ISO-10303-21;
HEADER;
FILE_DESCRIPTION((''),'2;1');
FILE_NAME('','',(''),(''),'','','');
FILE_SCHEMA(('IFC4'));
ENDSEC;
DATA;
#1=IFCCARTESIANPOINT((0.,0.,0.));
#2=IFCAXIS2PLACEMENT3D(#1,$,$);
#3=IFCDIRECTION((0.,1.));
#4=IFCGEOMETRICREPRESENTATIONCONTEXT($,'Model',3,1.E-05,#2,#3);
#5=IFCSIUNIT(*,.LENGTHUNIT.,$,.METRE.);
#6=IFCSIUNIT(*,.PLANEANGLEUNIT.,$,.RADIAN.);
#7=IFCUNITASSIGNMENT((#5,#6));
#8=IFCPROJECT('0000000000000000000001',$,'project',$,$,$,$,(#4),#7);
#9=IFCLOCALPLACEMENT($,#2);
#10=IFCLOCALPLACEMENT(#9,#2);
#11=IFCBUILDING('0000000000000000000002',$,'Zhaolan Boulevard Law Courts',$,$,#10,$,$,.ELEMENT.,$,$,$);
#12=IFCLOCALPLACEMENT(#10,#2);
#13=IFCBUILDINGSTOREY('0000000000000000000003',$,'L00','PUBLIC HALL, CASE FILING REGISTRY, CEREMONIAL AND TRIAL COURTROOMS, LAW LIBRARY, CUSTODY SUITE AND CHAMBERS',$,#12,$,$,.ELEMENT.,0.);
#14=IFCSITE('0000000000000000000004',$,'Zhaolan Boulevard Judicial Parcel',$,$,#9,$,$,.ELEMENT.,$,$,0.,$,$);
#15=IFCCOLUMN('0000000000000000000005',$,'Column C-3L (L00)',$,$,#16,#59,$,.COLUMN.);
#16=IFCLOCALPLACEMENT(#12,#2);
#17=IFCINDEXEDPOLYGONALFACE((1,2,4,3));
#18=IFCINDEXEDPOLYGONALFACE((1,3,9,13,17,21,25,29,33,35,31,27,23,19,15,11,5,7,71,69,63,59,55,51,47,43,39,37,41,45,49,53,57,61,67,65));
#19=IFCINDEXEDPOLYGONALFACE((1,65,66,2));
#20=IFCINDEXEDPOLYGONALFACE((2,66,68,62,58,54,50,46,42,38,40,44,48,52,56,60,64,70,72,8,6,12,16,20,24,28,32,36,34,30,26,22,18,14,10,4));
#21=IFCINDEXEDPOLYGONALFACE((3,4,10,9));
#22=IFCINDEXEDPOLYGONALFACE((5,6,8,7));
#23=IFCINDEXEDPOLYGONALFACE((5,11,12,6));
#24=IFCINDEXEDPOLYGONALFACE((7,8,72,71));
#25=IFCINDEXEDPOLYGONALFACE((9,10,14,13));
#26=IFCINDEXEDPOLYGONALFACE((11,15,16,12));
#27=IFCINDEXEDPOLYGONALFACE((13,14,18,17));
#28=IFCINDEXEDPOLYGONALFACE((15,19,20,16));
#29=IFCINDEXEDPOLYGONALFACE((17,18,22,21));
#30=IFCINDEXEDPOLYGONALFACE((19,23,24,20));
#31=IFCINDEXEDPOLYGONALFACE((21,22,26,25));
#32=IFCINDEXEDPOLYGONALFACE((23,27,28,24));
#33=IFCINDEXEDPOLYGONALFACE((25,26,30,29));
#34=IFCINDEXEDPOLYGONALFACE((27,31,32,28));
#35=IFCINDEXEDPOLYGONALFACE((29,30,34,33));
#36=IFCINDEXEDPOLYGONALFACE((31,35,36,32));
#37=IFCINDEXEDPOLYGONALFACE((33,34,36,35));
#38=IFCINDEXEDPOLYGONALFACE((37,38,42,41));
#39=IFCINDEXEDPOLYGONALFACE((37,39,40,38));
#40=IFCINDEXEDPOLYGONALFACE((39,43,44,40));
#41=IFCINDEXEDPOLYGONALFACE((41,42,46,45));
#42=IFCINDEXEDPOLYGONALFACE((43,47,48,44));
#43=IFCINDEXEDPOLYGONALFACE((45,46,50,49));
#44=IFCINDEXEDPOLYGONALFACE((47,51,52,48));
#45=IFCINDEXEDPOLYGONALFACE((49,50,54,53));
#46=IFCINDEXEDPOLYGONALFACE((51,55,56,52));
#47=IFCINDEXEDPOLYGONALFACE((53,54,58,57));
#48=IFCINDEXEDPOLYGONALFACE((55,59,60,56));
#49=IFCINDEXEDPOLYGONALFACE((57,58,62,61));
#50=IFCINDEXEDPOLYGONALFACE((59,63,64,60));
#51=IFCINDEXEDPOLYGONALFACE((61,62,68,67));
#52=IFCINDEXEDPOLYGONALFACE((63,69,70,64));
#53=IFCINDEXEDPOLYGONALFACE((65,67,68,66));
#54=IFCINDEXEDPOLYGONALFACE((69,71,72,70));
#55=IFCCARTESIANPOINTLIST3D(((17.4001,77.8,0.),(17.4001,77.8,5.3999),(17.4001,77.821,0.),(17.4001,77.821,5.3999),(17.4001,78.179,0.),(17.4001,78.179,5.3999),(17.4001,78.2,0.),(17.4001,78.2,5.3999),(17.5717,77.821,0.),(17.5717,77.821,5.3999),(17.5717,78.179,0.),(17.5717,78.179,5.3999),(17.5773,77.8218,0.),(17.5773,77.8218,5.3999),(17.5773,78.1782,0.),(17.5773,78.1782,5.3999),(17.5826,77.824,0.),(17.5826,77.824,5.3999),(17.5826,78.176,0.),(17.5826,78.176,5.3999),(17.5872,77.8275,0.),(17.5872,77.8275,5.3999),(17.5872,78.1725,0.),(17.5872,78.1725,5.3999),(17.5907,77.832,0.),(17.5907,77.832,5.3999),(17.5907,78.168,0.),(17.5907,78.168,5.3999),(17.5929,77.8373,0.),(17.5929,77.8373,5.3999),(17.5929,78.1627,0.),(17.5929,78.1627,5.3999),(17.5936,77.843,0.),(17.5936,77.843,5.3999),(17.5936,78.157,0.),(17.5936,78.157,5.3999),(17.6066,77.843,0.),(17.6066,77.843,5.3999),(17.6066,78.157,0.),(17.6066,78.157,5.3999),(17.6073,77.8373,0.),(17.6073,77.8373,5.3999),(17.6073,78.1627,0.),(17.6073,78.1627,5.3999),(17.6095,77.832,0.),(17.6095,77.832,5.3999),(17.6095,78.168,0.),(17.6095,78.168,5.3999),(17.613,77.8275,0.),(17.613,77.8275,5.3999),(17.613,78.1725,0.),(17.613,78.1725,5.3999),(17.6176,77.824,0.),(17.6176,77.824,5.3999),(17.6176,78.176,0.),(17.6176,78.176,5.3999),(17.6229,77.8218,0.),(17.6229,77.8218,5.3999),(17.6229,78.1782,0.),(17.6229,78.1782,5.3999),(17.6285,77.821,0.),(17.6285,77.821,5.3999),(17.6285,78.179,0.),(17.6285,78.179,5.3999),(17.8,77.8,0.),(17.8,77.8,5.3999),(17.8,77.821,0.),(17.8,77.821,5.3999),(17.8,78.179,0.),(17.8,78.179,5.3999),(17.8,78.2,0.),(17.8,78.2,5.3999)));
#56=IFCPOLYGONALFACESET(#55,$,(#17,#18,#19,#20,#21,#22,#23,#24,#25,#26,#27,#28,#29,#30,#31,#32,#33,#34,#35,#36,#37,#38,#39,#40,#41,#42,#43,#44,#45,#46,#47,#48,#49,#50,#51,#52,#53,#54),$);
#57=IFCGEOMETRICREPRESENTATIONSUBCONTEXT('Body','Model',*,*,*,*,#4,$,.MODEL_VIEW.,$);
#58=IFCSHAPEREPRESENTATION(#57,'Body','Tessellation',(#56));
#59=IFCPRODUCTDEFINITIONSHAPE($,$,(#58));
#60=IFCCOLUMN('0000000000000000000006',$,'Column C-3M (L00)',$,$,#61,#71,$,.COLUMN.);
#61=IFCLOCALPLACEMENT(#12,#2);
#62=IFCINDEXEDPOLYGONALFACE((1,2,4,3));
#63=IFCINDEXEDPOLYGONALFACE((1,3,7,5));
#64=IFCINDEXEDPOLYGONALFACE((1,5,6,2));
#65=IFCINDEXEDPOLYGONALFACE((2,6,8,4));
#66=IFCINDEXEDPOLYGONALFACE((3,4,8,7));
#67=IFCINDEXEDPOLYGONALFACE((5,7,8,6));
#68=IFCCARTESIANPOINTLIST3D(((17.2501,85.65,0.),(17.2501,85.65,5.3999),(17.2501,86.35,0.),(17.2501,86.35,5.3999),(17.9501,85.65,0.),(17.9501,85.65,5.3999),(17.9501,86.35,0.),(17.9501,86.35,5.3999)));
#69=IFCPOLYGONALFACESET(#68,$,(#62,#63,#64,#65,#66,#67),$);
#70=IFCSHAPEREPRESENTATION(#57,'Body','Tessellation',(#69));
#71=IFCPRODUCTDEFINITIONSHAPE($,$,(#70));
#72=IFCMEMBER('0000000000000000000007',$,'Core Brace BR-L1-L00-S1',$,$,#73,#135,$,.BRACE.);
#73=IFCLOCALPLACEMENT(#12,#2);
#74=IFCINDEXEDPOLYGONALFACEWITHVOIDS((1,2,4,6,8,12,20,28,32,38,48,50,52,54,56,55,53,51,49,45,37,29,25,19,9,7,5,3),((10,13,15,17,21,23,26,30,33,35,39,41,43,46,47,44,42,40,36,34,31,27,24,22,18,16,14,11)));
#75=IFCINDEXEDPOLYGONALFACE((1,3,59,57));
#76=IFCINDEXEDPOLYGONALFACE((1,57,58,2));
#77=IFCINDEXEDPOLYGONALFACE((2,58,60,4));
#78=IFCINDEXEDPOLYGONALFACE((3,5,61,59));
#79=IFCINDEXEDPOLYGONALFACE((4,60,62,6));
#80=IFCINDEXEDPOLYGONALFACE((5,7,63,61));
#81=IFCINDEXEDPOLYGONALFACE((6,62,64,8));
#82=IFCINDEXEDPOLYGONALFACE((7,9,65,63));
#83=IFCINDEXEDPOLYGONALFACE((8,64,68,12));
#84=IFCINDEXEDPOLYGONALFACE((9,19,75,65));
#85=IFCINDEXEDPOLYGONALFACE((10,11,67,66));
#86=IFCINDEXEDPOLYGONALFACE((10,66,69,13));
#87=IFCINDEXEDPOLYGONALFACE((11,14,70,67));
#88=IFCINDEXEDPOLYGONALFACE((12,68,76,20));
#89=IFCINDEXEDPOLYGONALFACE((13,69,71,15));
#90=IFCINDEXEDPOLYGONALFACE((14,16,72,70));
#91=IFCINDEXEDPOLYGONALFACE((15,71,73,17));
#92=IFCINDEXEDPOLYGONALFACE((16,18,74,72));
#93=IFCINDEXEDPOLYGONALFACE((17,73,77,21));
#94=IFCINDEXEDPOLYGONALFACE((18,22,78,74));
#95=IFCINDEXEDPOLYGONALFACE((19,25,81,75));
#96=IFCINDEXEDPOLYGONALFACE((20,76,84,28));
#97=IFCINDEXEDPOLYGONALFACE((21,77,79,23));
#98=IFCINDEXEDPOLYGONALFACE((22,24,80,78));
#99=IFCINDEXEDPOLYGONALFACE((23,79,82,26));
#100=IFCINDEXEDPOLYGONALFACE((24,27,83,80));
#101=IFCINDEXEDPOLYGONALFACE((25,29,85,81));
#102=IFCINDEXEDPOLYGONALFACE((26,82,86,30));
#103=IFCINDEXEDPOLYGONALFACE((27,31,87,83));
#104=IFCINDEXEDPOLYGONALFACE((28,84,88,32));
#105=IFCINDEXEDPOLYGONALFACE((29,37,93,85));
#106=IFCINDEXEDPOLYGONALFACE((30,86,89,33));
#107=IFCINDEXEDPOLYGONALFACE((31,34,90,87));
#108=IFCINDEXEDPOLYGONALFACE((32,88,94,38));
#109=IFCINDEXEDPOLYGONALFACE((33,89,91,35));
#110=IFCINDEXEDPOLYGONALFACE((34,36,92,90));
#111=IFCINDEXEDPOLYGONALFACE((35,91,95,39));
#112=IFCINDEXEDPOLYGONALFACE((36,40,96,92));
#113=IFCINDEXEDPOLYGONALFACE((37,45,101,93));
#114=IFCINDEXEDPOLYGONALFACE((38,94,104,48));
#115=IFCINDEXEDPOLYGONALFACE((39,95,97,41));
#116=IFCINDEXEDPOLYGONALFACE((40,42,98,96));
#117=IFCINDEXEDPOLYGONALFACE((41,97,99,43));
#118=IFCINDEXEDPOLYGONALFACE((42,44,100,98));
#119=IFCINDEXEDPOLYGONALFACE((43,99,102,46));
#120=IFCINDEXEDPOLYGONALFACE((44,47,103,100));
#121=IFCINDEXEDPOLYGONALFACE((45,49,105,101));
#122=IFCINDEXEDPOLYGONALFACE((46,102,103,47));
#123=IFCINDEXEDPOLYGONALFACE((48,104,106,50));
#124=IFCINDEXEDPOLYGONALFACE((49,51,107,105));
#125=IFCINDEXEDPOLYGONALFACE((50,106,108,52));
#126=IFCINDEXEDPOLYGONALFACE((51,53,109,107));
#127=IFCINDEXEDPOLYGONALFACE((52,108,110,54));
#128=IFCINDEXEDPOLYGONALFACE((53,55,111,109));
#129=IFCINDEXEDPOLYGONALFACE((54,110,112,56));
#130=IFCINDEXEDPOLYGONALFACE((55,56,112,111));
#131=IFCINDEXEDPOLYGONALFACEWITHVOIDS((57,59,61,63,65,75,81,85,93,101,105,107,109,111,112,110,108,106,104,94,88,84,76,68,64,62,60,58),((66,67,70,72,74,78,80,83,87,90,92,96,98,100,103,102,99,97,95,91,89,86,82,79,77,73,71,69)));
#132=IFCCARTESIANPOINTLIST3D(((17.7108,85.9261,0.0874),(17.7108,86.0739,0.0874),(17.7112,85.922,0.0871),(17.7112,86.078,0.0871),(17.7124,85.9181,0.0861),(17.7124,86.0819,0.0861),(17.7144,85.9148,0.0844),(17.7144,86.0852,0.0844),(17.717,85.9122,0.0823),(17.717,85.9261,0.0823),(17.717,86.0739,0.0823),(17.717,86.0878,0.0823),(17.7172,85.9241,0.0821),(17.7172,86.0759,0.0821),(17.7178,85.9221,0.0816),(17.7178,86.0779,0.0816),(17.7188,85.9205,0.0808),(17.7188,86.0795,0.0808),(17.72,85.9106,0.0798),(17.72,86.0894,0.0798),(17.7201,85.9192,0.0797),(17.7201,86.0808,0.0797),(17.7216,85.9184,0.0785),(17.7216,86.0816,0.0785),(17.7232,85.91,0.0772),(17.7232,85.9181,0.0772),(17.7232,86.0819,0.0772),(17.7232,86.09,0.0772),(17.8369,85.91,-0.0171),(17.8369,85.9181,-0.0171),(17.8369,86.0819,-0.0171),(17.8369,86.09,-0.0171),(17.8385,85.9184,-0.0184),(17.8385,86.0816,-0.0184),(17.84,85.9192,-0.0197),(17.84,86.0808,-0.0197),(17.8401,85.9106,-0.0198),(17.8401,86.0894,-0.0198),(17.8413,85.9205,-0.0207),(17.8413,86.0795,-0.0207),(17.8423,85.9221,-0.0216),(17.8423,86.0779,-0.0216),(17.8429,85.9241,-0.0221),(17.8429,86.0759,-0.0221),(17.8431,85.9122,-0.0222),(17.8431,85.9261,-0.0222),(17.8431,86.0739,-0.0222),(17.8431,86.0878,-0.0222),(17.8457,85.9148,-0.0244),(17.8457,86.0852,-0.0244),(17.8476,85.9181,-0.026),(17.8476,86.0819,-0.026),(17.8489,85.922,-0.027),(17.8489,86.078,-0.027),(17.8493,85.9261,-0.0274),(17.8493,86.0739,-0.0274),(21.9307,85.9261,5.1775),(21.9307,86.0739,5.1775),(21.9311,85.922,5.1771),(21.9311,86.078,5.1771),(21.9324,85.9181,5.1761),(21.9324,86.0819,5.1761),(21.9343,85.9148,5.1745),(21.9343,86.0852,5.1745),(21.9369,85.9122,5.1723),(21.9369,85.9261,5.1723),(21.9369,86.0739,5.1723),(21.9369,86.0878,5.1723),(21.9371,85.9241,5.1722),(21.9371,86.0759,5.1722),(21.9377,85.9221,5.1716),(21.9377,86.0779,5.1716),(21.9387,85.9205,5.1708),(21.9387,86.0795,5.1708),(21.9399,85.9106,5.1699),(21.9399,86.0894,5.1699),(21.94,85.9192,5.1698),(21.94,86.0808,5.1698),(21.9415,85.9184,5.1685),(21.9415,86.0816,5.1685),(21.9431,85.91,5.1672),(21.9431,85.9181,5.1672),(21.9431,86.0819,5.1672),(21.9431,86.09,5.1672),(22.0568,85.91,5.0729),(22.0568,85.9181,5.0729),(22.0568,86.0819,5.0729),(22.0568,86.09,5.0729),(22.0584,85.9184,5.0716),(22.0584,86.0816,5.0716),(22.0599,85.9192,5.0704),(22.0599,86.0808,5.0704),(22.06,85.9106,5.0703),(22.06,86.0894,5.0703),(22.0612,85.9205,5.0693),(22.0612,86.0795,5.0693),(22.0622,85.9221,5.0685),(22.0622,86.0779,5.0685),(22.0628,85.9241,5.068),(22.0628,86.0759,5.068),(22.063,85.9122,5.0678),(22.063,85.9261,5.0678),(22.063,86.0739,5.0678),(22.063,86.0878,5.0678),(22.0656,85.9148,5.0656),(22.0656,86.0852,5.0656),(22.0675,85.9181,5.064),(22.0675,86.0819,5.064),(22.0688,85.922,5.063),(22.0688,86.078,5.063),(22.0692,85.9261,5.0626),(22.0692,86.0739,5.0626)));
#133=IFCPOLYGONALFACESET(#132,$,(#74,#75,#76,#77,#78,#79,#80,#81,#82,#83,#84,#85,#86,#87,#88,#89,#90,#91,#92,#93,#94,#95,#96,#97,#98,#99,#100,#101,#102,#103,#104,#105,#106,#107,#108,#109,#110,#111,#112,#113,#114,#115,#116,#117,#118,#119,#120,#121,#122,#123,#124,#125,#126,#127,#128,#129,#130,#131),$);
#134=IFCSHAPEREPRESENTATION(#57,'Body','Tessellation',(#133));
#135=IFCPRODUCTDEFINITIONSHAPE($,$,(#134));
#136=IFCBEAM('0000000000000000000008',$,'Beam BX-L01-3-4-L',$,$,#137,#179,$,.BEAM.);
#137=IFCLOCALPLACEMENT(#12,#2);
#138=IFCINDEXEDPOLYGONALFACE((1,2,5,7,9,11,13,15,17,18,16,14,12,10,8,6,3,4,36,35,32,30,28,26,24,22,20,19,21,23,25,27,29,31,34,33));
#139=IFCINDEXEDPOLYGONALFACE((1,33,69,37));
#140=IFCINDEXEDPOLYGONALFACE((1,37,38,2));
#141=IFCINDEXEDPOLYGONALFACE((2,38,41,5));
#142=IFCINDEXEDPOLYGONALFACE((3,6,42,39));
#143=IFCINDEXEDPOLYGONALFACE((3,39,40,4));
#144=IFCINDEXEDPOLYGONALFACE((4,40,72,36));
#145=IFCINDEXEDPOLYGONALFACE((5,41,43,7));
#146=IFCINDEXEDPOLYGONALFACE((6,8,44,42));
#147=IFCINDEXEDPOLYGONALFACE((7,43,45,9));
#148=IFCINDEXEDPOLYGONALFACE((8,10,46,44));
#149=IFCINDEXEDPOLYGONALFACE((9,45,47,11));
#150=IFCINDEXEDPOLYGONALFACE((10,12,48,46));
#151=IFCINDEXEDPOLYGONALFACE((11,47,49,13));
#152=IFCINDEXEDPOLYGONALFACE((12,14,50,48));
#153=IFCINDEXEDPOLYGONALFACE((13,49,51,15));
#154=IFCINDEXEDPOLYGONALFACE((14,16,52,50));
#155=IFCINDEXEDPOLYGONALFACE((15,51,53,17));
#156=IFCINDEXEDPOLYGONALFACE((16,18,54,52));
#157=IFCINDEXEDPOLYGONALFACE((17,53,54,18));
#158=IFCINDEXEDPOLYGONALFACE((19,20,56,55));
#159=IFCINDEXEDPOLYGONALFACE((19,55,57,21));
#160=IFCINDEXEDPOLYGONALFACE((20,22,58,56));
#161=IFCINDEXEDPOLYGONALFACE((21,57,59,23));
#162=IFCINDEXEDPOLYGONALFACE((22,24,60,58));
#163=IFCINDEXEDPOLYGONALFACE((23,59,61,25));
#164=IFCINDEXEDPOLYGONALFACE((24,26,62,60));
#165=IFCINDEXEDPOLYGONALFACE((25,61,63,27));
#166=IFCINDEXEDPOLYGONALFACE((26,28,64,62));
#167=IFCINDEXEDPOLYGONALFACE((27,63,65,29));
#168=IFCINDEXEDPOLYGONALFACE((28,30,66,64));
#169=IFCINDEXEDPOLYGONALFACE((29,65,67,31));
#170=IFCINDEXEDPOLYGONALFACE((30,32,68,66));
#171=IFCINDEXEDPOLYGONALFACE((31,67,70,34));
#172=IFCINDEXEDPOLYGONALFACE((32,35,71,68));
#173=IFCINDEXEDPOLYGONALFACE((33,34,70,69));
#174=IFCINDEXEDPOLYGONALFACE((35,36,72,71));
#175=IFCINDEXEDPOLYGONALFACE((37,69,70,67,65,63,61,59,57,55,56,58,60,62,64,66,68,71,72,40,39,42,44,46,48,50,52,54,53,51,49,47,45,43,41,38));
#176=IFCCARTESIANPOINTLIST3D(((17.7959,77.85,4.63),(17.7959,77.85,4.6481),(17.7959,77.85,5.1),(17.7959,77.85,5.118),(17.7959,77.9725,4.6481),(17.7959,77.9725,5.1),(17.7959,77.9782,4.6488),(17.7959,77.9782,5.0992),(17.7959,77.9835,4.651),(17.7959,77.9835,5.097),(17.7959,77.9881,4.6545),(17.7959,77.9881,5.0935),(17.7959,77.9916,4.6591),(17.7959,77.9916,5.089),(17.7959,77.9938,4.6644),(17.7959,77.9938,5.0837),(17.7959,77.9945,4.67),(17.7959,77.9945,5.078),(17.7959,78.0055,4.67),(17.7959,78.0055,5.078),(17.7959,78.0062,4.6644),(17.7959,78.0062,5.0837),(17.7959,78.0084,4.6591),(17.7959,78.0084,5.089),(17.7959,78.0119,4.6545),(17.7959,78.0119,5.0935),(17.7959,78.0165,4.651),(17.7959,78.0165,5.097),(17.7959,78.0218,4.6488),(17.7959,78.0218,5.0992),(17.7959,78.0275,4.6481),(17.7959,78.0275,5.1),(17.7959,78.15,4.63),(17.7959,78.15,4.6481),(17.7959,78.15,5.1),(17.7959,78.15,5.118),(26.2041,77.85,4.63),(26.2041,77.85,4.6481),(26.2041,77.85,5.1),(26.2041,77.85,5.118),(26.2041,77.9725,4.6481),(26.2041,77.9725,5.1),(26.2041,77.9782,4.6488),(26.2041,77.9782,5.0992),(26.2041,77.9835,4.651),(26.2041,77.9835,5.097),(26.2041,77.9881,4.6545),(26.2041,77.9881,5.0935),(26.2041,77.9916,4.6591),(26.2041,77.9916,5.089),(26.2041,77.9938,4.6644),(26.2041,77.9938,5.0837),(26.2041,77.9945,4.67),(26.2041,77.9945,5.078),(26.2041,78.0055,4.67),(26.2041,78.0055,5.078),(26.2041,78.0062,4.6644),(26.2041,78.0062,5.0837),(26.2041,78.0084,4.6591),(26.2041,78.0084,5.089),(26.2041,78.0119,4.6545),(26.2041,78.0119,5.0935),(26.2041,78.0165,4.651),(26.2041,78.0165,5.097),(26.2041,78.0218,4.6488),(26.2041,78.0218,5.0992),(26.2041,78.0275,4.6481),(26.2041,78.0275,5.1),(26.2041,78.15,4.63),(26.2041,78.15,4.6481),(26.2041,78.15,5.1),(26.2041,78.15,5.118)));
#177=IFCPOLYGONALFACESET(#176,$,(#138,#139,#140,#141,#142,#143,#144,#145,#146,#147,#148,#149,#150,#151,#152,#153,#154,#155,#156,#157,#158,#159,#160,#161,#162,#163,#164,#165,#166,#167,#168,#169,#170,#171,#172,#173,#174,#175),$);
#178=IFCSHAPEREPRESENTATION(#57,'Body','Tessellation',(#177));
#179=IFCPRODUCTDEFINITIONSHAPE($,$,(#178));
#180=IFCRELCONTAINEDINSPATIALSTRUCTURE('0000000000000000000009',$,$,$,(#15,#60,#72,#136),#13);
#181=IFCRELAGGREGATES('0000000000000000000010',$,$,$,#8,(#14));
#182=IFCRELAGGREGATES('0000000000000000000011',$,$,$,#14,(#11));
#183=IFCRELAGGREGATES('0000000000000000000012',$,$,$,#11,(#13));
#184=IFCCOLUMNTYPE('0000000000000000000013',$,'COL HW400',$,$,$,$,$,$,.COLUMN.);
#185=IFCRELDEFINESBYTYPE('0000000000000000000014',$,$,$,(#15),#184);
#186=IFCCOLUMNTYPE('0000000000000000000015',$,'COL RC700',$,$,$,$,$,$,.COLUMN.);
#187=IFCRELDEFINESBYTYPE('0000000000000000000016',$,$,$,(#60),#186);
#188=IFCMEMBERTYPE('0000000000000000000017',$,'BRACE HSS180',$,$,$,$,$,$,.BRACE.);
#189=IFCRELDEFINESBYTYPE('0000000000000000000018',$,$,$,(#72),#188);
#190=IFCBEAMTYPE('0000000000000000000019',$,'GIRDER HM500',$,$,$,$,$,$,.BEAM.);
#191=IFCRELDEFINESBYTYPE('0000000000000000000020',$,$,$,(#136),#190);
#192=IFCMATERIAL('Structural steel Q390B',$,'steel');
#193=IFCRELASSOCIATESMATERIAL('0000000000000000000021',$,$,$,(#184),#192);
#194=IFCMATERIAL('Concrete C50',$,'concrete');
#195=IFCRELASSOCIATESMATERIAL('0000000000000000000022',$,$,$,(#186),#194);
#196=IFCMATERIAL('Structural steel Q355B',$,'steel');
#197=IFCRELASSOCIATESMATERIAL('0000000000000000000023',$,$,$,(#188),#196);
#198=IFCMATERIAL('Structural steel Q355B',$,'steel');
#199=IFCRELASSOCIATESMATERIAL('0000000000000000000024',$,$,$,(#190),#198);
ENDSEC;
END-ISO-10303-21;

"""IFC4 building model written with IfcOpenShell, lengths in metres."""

from ifc_helpers import new_model, si_unit, direction, frame, origin, origin_2d, place, context, subcontext, project, spatial, rectangle, hollow_rectangle, i_section, extrude, material, material_profile, profile_set, type_object, element, save


model = new_model("IFC4")

# Units and contexts
model_context = context("Model", 3, precision=1e-05, world=origin(), true_north=direction((0.0, 1.0)))
body_context = subcontext(model_context, "Body", "Model", "MODEL_VIEW")
ifc_project = project(units=[si_unit("LENGTHUNIT", "METRE"), si_unit("PLANEANGLEUNIT", "RADIAN")], contexts=[model_context])

# Site, building, storey
site_placement = place(None, origin())
site = spatial("IfcSite", under=ifc_project, at=site_placement, Name="Zhaolan Boulevard Judicial Parcel", CompositionType="ELEMENT", RefElevation=0.0)
building_placement = place(site_placement, origin())
building = spatial("IfcBuilding", under=site, at=building_placement, Name="Zhaolan Boulevard Law Courts", CompositionType="ELEMENT")
storey_placement = place(building_placement, origin())
storey = spatial("IfcBuildingStorey", under=building, at=storey_placement, Name="L00", Description="PUBLIC HALL, CASE FILING REGISTRY, CEREMONIAL AND TRIAL COURTROOMS, LAW LIBRARY, CUSTODY SUITE AND CHAMBERS", CompositionType="ELEMENT", Elevation=0.0)

# Columns
ifc_material_1 = material(Name="Structural steel Q390B", Category="steel")
ifc_material_profile_1 = material_profile(ifc_material_1, i_section(OverallWidth=0.3999, OverallDepth=0.3999, WebThickness=0.0129, FlangeThickness=0.021, FilletRadius=0.022, at=origin_2d()), Name="HW400x400")
ifc_profile_set_1 = profile_set([ifc_material_profile_1], Name="Structural steel Q390B")
column_type_1 = type_object("IfcColumnType", Name="COL HW400", PredefinedType="COLUMN", material=ifc_profile_set_1)
column_1_placement = place(storey_placement, frame((17.6001, 78.0, 0.0), z_axis=(0.0, 0.0, 1.0), x_axis=(1.0, 0.0, 0.0)))
element("IfcColumn", 1, at=column_1_placement, inside=storey, type_object=column_type_1, Name="Column C-3L (L00)", PredefinedType="COLUMN", context=body_context, shape_type="SweptSolid", body=[
    extrude(i_section(OverallWidth=0.3999, OverallDepth=0.3999, WebThickness=0.0129, FlangeThickness=0.021, FilletRadius=0.022, at=origin_2d()), origin(), (0.0, 0.0, 1.0), 5.3999),
])
ifc_material_2 = material(Name="Concrete C50", Category="concrete")
ifc_material_profile_2 = material_profile(ifc_material_2, rectangle(XDim=0.7, YDim=0.7, at=origin_2d()), Name="RC700x700")
ifc_profile_set_2 = profile_set([ifc_material_profile_2], Name="Concrete C50")
column_type_2 = type_object("IfcColumnType", Name="COL RC700", PredefinedType="COLUMN", material=ifc_profile_set_2)
column_2_placement = place(storey_placement, frame((17.6001, 86.0, 0.0), z_axis=(0.0, 0.0, 1.0), x_axis=(1.0, 0.0, 0.0)))
element("IfcColumn", 2, at=column_2_placement, inside=storey, type_object=column_type_2, Name="Column C-3M (L00)", PredefinedType="COLUMN", context=body_context, shape_type="SweptSolid", body=[
    extrude(rectangle(XDim=0.7, YDim=0.7, at=origin_2d()), origin(), (0.0, 0.0, 1.0), 5.3999),
])

# Member
ifc_material_3 = material(Name="Structural steel Q355B", Category="steel")
ifc_material_profile_3 = material_profile(ifc_material_3, hollow_rectangle(XDim=0.1799, YDim=0.1799, WallThickness=0.0081, InnerFilletRadius=0.0081, OuterFilletRadius=0.0161, at=origin_2d()), Name="HSS180x180x8")
ifc_profile_set_3 = profile_set([ifc_material_profile_3], Name="Structural steel Q355B")
member_type = type_object("IfcMemberType", Name="BRACE HSS180", PredefinedType="BRACE", material=ifc_profile_set_3)
member_placement = place(storey_placement, frame((17.78, 86.0, 0.03), z_axis=(0.638239, 0.0, 0.769838), x_axis=(0.0, 1.0, 0.0)))
element("IfcMember", 3, at=member_placement, inside=storey, type_object=member_type, Name="Core Brace BR-L1-L00-S1", PredefinedType="BRACE", context=body_context, shape_type="SweptSolid", body=[
    extrude(hollow_rectangle(XDim=0.1799, YDim=0.1799, WallThickness=0.0081, InnerFilletRadius=0.0081, OuterFilletRadius=0.0161, at=origin_2d()), origin(), (0.0, 0.0, 1.0), 6.6118),
])

# Beam
ifc_material_4 = material(Name="Structural steel Q355B", Category="steel")
ifc_material_profile_4 = material_profile(ifc_material_4, i_section(OverallWidth=0.3, OverallDepth=0.488, WebThickness=0.011, FlangeThickness=0.0181, FilletRadius=0.022, at=origin_2d()), Name="HM488x300")
ifc_profile_set_4 = profile_set([ifc_material_profile_4], Name="Structural steel Q355B")
beam_type_1 = type_object("IfcBeamType", Name="GIRDER HM500", PredefinedType="BEAM", material=ifc_profile_set_4)
beam_1_placement = place(storey_placement, frame((17.7959, 78.0, 4.874), z_axis=(1.0, 0.0, 0.0), x_axis=(0.0, 1.0, 0.0)))
element("IfcBeam", 4, at=beam_1_placement, inside=storey, type_object=beam_type_1, Name="Beam BX-L01-3-4-L", PredefinedType="BEAM", context=body_context, shape_type="SweptSolid", body=[
    extrude(i_section(OverallWidth=0.3, OverallDepth=0.488, WebThickness=0.011, FlangeThickness=0.0181, FilletRadius=0.022, at=origin_2d()), origin(), (0.0, 0.0, 1.0), 8.4082),
])

save(model, "model.ifc")
